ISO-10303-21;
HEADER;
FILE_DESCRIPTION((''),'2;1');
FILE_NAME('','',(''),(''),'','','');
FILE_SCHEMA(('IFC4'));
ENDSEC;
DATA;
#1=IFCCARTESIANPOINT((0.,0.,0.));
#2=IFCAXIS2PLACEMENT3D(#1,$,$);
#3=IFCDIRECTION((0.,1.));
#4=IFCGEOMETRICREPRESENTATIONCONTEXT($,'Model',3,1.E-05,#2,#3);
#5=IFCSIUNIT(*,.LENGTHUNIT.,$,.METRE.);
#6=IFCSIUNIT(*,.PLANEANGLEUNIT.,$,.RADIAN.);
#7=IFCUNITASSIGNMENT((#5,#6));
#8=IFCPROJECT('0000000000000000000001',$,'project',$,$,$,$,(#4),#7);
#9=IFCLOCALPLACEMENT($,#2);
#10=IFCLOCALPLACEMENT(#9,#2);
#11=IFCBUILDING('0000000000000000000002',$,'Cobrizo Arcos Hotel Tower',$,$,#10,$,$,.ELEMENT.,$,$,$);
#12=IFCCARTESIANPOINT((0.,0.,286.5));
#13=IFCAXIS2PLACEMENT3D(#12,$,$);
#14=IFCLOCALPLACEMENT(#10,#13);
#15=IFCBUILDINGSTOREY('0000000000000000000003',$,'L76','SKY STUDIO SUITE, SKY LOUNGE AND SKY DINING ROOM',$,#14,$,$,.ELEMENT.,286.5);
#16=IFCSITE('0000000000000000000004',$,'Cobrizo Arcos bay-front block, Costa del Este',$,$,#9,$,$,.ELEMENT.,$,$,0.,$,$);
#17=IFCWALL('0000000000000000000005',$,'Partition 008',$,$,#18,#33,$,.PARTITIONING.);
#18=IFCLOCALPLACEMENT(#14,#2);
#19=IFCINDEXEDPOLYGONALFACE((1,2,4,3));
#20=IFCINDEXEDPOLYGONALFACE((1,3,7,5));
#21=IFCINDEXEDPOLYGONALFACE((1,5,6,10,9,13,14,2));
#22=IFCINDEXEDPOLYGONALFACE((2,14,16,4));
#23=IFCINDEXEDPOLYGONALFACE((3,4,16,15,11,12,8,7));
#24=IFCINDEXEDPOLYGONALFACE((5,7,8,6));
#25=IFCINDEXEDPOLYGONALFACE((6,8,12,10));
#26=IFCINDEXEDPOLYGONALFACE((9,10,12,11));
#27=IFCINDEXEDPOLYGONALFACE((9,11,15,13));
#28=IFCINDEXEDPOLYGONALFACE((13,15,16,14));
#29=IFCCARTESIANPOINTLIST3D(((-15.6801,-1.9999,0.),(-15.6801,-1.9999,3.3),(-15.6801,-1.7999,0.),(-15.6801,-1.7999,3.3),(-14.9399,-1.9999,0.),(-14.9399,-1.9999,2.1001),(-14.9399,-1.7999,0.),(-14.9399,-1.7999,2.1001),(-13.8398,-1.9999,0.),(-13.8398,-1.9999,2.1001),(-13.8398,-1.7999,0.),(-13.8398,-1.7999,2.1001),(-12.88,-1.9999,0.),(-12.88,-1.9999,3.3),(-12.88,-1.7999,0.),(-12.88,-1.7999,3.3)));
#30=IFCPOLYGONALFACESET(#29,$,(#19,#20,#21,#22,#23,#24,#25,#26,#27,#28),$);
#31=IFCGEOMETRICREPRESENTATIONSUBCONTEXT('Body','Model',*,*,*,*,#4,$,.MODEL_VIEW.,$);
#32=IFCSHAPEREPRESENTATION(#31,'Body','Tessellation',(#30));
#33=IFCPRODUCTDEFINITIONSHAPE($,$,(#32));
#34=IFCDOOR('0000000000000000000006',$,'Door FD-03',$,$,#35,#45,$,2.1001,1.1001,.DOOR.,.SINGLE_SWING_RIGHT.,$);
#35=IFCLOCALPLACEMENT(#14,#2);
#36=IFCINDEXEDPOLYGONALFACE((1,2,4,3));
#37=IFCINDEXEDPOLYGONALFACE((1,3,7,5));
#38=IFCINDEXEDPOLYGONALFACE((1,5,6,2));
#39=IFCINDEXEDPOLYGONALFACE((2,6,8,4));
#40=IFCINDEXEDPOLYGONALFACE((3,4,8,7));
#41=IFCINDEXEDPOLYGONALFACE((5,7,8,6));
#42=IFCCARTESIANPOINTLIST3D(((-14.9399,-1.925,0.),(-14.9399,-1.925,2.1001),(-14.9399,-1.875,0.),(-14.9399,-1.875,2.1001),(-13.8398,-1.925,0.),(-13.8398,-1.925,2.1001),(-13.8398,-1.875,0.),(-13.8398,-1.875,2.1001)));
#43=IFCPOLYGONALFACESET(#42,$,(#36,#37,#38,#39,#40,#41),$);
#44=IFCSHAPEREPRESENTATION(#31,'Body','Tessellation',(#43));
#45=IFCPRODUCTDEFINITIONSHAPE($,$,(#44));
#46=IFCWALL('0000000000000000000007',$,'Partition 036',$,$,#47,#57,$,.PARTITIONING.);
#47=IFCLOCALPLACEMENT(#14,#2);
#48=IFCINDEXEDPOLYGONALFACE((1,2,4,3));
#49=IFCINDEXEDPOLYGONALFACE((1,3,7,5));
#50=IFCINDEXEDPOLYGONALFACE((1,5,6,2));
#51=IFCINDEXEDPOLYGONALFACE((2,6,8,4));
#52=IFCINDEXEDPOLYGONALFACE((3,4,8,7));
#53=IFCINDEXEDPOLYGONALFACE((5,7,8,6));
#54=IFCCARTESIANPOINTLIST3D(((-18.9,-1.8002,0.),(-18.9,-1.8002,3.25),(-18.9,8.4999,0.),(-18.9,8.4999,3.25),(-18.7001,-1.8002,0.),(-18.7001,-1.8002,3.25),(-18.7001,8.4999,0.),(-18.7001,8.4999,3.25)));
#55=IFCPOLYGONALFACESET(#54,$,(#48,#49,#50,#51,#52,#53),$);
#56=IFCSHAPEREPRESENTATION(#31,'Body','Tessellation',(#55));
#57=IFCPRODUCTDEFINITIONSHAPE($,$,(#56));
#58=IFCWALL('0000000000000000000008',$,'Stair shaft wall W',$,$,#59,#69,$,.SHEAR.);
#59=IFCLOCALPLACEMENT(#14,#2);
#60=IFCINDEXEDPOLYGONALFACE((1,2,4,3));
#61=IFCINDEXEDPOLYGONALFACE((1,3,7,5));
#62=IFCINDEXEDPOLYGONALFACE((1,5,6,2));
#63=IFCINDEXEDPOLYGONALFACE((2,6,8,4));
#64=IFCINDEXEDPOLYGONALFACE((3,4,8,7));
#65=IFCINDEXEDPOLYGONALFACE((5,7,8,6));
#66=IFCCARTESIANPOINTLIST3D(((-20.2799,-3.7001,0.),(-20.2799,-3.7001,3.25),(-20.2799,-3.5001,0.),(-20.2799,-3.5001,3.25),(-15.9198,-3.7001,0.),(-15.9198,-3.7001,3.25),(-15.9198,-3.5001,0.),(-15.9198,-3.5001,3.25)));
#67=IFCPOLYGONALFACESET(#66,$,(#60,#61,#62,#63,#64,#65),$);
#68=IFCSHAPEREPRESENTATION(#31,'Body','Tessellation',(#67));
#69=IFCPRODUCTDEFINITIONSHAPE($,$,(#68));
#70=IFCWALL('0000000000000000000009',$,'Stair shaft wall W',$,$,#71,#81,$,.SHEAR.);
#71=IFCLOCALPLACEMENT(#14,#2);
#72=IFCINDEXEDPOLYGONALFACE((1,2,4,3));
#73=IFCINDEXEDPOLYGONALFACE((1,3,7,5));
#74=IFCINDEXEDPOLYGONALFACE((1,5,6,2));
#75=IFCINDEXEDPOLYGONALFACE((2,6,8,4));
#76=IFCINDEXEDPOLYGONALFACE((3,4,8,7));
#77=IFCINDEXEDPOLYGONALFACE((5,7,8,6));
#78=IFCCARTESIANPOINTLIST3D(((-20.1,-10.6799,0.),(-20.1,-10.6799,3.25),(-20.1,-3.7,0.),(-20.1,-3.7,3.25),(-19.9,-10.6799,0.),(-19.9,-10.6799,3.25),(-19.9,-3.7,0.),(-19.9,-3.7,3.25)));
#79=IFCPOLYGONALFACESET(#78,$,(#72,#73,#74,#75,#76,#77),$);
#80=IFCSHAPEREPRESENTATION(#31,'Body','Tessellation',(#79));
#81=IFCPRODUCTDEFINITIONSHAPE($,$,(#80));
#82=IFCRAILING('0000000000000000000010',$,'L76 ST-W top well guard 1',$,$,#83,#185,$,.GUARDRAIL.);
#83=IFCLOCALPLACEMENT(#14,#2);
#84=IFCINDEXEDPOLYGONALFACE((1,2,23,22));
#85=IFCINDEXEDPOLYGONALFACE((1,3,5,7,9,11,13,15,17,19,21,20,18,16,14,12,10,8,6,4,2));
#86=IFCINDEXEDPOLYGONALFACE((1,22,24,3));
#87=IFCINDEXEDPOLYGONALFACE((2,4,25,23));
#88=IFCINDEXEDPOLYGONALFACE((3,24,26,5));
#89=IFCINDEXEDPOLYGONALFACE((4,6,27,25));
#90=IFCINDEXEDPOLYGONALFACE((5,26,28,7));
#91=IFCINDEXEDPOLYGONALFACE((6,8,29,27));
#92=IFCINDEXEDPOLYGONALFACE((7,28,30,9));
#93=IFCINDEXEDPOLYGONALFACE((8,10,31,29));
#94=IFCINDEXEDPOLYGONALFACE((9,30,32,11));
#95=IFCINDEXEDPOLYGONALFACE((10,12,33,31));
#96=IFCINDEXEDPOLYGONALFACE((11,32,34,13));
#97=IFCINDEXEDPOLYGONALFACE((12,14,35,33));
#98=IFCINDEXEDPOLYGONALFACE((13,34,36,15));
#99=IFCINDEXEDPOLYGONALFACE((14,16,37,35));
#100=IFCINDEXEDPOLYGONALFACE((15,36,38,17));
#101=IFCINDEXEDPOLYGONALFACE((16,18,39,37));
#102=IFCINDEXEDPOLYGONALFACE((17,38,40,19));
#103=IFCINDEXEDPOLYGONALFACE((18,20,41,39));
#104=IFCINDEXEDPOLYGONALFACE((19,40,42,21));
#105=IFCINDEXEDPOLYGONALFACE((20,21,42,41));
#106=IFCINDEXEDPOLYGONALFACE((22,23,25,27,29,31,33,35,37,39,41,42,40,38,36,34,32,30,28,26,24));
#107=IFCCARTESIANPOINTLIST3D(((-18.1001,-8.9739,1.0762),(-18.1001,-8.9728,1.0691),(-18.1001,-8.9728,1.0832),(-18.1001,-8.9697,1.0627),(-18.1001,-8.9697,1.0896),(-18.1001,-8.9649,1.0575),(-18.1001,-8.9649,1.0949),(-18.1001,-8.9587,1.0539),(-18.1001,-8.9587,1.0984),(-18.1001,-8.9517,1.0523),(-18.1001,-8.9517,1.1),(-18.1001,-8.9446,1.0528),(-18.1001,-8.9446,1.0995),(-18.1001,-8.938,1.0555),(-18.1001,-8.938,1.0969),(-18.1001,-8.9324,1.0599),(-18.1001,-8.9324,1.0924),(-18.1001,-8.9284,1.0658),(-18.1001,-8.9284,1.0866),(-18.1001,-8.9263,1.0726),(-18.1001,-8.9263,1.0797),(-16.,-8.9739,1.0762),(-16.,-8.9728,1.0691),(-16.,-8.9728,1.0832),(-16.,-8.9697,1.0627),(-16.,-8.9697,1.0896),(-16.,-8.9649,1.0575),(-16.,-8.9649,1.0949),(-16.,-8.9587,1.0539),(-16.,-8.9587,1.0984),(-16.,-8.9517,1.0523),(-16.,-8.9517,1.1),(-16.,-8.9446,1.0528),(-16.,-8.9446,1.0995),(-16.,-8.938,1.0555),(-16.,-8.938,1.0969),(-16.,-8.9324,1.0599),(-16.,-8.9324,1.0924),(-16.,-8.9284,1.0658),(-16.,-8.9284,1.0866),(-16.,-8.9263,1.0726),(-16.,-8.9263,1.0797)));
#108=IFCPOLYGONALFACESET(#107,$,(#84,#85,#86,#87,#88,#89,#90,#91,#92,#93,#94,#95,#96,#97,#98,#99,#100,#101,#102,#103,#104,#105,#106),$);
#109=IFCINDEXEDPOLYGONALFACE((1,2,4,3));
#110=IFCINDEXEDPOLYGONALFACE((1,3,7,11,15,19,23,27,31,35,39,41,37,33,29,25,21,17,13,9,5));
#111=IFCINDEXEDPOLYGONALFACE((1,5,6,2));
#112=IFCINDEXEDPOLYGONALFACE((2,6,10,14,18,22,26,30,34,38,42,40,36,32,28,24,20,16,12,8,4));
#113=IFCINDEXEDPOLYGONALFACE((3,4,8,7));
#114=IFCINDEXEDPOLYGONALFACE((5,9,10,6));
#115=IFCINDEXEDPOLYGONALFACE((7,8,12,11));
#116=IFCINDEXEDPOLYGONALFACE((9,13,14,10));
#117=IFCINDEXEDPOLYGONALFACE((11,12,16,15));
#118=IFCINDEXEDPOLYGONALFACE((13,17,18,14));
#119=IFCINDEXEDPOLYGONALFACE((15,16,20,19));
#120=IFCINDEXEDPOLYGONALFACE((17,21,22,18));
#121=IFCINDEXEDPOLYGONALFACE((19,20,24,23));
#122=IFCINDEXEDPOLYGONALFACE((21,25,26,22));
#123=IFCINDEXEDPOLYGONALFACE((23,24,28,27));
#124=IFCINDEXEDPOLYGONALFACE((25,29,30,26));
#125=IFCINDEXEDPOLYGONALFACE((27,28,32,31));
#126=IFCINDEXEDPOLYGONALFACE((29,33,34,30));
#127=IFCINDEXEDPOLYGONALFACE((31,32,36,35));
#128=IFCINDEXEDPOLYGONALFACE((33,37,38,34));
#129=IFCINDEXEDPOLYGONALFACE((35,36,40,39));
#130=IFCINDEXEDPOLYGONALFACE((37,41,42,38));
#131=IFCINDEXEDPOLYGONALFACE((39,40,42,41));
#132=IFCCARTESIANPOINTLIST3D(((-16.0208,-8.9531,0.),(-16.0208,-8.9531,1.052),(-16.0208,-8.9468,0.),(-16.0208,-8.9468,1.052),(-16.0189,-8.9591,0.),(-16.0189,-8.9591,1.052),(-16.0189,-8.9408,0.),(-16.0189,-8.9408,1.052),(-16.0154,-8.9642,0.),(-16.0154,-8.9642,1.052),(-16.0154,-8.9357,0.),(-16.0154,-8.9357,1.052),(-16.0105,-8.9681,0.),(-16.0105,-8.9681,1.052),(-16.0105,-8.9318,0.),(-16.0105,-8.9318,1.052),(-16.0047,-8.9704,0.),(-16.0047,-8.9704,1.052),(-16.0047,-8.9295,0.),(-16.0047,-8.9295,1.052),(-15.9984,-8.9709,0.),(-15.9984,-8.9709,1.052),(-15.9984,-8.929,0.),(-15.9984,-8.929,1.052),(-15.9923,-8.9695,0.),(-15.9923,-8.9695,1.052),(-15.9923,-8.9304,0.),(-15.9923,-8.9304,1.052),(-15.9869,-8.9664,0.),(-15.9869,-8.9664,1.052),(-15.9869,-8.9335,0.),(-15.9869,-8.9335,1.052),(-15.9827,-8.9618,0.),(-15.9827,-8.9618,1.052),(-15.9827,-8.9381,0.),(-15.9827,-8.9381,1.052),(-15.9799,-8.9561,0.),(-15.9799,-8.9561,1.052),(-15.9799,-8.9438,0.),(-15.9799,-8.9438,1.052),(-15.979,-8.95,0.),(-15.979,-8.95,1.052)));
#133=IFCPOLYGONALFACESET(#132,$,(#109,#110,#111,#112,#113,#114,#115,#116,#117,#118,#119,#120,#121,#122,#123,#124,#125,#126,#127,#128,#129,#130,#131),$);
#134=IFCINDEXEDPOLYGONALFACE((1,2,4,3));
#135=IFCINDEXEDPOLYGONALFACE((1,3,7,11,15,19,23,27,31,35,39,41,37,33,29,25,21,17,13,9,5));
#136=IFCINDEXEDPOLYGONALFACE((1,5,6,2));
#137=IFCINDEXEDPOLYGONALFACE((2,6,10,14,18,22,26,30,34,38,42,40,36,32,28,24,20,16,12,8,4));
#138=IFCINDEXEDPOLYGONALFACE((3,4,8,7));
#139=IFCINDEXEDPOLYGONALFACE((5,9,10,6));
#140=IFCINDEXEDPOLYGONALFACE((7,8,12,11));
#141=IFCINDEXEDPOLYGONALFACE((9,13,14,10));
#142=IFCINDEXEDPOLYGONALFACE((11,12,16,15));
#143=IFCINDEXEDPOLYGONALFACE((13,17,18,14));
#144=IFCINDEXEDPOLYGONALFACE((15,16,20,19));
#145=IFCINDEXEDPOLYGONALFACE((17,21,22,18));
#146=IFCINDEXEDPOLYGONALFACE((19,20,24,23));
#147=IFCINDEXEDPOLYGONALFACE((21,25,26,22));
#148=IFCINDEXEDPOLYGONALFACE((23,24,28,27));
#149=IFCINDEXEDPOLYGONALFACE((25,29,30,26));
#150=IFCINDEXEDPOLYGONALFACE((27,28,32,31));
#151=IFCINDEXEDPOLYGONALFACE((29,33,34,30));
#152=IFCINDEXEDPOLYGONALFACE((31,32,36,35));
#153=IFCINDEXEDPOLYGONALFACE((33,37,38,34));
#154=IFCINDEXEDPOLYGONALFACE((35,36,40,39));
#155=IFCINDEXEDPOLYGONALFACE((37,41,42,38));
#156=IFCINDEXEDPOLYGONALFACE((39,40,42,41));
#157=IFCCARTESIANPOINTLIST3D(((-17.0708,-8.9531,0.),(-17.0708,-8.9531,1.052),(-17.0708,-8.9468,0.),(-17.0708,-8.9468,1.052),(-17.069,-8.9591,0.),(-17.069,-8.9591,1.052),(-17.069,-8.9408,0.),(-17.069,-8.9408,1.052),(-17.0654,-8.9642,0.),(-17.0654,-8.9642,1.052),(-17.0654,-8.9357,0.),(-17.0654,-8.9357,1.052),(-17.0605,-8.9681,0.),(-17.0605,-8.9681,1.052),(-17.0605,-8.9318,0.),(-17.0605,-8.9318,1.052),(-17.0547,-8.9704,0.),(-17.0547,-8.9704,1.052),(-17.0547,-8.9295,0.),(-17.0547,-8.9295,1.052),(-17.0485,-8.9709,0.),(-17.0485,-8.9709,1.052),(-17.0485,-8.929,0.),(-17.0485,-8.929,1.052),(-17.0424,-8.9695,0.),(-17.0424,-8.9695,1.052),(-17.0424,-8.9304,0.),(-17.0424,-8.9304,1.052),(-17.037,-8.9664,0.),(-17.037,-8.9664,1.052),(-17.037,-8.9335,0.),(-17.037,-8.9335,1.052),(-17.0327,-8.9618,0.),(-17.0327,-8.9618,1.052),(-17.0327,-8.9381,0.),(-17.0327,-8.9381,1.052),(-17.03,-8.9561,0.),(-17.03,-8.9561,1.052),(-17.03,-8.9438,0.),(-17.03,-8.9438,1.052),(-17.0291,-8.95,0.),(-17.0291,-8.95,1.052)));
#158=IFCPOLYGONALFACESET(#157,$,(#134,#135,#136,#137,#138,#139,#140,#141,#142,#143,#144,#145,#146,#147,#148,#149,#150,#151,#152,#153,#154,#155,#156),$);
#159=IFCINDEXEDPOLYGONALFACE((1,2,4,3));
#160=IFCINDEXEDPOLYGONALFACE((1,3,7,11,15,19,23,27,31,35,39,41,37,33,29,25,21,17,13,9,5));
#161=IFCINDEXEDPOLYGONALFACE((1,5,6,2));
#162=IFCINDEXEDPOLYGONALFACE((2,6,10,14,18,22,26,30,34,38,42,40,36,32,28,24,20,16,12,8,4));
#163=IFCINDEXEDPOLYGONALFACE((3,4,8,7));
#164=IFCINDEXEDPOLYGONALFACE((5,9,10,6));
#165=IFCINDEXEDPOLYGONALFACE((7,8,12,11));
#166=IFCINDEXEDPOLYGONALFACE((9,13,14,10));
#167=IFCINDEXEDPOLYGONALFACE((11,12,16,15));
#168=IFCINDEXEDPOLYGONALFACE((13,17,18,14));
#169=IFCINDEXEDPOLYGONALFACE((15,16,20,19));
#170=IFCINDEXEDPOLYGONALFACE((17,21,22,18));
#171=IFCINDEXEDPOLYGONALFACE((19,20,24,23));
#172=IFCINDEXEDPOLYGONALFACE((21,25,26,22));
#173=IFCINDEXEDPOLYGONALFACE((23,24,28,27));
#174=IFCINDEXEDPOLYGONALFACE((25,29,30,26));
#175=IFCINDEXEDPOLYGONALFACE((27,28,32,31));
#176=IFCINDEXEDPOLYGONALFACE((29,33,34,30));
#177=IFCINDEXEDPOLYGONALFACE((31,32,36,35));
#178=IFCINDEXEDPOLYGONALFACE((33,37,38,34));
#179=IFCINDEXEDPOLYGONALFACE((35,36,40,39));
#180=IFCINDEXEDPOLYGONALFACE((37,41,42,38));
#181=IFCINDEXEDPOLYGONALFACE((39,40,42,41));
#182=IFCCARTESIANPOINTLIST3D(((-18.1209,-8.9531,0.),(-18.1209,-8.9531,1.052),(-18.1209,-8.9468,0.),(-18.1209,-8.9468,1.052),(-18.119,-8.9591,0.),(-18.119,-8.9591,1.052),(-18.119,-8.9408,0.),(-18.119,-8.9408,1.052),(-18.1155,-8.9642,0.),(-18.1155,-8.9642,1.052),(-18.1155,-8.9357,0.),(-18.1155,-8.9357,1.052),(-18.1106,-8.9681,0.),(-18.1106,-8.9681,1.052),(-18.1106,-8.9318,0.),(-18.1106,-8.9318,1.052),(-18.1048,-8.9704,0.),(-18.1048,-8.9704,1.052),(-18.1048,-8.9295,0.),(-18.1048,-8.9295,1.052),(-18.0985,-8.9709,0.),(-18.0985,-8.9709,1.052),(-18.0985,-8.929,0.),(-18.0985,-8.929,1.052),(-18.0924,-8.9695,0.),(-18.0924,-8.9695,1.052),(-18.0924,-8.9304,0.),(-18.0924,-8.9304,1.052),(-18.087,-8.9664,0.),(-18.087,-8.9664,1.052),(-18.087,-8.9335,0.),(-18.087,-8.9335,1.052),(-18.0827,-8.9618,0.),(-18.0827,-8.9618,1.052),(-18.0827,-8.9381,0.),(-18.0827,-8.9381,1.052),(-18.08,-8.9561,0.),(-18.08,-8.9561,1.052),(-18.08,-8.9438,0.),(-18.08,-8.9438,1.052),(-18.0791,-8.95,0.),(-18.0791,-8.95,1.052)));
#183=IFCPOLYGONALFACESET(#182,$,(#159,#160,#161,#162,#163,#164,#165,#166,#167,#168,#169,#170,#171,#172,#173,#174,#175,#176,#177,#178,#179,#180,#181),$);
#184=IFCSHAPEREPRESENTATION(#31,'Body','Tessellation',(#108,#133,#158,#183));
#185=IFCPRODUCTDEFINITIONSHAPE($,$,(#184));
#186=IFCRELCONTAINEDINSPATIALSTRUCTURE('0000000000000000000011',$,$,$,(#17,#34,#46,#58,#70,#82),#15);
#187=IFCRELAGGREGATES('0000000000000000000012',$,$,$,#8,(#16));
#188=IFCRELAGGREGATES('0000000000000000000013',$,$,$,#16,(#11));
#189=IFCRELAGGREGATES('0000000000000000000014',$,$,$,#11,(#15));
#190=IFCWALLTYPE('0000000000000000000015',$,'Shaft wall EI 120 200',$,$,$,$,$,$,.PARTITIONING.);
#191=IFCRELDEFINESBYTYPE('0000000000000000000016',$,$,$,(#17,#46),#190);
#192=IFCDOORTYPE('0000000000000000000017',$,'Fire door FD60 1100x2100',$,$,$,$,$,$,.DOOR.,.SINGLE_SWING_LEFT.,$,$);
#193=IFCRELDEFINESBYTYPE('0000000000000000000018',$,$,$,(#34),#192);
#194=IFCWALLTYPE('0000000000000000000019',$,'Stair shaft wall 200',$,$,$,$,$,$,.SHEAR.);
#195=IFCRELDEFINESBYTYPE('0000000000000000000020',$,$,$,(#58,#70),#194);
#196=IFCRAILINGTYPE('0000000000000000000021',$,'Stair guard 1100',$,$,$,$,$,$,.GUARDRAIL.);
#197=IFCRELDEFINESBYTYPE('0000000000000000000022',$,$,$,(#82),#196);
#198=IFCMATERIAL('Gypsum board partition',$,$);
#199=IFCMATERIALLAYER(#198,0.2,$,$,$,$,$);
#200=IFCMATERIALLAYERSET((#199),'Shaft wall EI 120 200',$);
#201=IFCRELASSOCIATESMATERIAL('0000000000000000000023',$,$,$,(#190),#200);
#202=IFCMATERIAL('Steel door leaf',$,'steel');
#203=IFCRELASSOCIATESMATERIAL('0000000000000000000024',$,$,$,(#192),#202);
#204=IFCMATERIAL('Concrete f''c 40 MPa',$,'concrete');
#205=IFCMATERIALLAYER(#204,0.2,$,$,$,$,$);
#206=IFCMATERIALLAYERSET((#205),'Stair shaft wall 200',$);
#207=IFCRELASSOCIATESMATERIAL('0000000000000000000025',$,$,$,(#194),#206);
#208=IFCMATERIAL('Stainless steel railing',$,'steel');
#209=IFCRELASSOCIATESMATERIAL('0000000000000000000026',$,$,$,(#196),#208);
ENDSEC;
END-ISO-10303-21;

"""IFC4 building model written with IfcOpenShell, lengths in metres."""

from ifc_helpers import new_model, si_unit, direction, frame, frame_2d, origin, origin_2d, place, context, subcontext, project, spatial, rectangle, circle, extrude, material, layer, layer_set, type_object, element, fill, save


model = new_model("IFC4")

# Units and contexts
model_context = context("Model", 3, precision=1e-05, world=origin(), true_north=direction((0.0, 1.0)))
body_context = subcontext(model_context, "Body", "Model", "MODEL_VIEW")
ifc_project = project(units=[si_unit("LENGTHUNIT", "METRE"), si_unit("PLANEANGLEUNIT", "RADIAN")], contexts=[model_context])

# Site, building, storey
site_placement = place(None, origin())
site = spatial("IfcSite", under=ifc_project, at=site_placement, Name="Cobrizo Arcos bay-front block, Costa del Este", CompositionType="ELEMENT", RefElevation=0.0)
building_placement = place(site_placement, origin())
building = spatial("IfcBuilding", under=site, at=building_placement, Name="Cobrizo Arcos Hotel Tower", CompositionType="ELEMENT")
storey_placement = place(building_placement, frame((0.0, 0.0, 286.5)))
storey = spatial("IfcBuildingStorey", under=building, at=storey_placement, Name="L76", Description="SKY STUDIO SUITE, SKY LOUNGE AND SKY DINING ROOM", CompositionType="ELEMENT", Elevation=286.5)

# Shared definitions
ifc_material_1 = material(Name="Gypsum board partition")

# Shared definitions
ifc_material_2 = material(Name="Concrete f'c 40 MPa", Category="concrete")

# Wall, opening, door
ifc_layer_1 = layer(ifc_material_1, 0.2)
ifc_layer_set_1 = layer_set([ifc_layer_1], Name="Shaft wall EI 120 200")
wall_type_1 = type_object("IfcWallType", Name="Shaft wall EI 120 200", PredefinedType="PARTITIONING", material=ifc_layer_set_1)
wall_1_placement = place(storey_placement, frame((-15.6799, -1.8999, 0.0), z_axis=(0.0, 0.0, 1.0), x_axis=(1.0, 0.0, 0.0)))
wall_1 = element("IfcWall", 1, at=wall_1_placement, inside=storey, type_object=wall_type_1, Name="Partition 008", PredefinedType="PARTITIONING", context=body_context, shape_type="SweptSolid", body=[
    extrude(rectangle(XDim=2.8, YDim=0.2, at=frame_2d((1.3999, 0.0))), origin(), (0.0, 0.0, 1.0), 3.3),
])
opening_1_placement = place(wall_1_placement, frame((0.74, 0.0, 0.0)))
opening_1 = element("IfcOpeningElement", 2, at=opening_1_placement, cuts=wall_1, PredefinedType="OPENING", context=body_context, shape_type="SweptSolid", body=[
    extrude(rectangle(XDim=1.1001, YDim=2.1001, at=frame_2d((0.55, 1.05))), frame((0.0, 0.1121, 0.0), z_axis=(0.0, -1.0, 0.0), x_axis=(1.0, 0.0, 0.0)), (0.0, 0.0, 1.0), 0.2239),
])
ifc_material_3 = material(Name="Steel door leaf", Category="steel")
door_type_1 = type_object("IfcDoorType", Name="Fire door FD60 1100x2100", OperationType="SINGLE_SWING_LEFT", PredefinedType="DOOR", material=ifc_material_3)
door_1_placement = place(opening_1_placement, origin())
door_1 = element("IfcDoor", 3, at=door_1_placement, inside=storey, type_object=door_type_1, Name="Door FD-03", OperationType="SINGLE_SWING_RIGHT", OverallHeight=2.1001, OverallWidth=1.1001, PredefinedType="DOOR", context=body_context, shape_type="SweptSolid", body=[
    extrude(rectangle(XDim=1.1001, YDim=2.1001, at=frame_2d((0.55, 1.05))), frame((0.0, 0.0249, 0.0), z_axis=(0.0, -1.0, 0.0), x_axis=(1.0, 0.0, 0.0)), (0.0, 0.0, 1.0), 0.05),
])
fill(opening_1, door_1)

# Walls
wall_2_placement = place(storey_placement, frame((-18.8, -1.8, 0.0), z_axis=(0.0, 0.0, 1.0), x_axis=(0.0, 1.0, 0.0)))
element("IfcWall", 4, at=wall_2_placement, inside=storey, type_object=wall_type_1, Name="Partition 036", PredefinedType="PARTITIONING", context=body_context, shape_type="SweptSolid", body=[
    extrude(rectangle(XDim=10.3, YDim=0.2, at=frame_2d((5.1499, 0.0))), origin(), (0.0, 0.0, 1.0), 3.25),
])
ifc_layer_2 = layer(ifc_material_2, 0.2)
ifc_layer_set_2 = layer_set([ifc_layer_2], Name="Stair shaft wall 200")
wall_type_2 = type_object("IfcWallType", Name="Stair shaft wall 200", PredefinedType="SHEAR", material=ifc_layer_set_2)
wall_3_placement = place(storey_placement, frame((-20.28, -3.6001, 0.0), z_axis=(0.0, 0.0, 1.0), x_axis=(1.0, 0.0, 0.0)))
element("IfcWall", 5, at=wall_3_placement, inside=storey, type_object=wall_type_2, Name="Stair shaft wall W", PredefinedType="SHEAR", context=body_context, shape_type="SweptSolid", body=[
    extrude(rectangle(XDim=4.3601, YDim=0.2, at=frame_2d((2.1802, 0.0))), origin(), (0.0, 0.0, 1.0), 3.25),
])
wall_4_placement = place(storey_placement, frame((-20.0, -10.6799, 0.0), z_axis=(0.0, 0.0, 1.0), x_axis=(0.0, 1.0, 0.0)))
element("IfcWall", 6, at=wall_4_placement, inside=storey, type_object=wall_type_2, Name="Stair shaft wall W", PredefinedType="SHEAR", context=body_context, shape_type="SweptSolid", body=[
    extrude(rectangle(XDim=6.98, YDim=0.2, at=frame_2d((3.49, 0.0))), origin(), (0.0, 0.0, 1.0), 3.25),
])

# Railing
ifc_material_4 = material(Name="Stainless steel railing", Category="steel")
railing_type = type_object("IfcRailingType", Name="Stair guard 1100", PredefinedType="GUARDRAIL", material=ifc_material_4)
railing_placement = place(storey_placement, frame((-16.0, -8.95, 0.0)))
element("IfcRailing", 7, at=railing_placement, inside=storey, type_object=railing_type, Name="L76 ST-W top well guard 1", PredefinedType="GUARDRAIL", context=body_context, shape_type="SweptSolid", body=[
    extrude(circle(Radius=0.0239, at=origin_2d()), frame((0.0, 0.0, 1.0762), z_axis=(-1.0, 0.0, 0.0), x_axis=(0.0, -1.0, 0.0)), (0.0, 0.0, 1.0), 2.1001),
    extrude(circle(Radius=0.021, at=origin_2d()), origin(), (0.0, 0.0, 1.0), 1.052),
    extrude(circle(Radius=0.021, at=origin_2d()), frame((-1.05, 0.0, 0.0)), (0.0, 0.0, 1.0), 1.052),
    extrude(circle(Radius=0.021, at=origin_2d()), frame((-2.1001, 0.0, 0.0)), (0.0, 0.0, 1.0), 1.052),
])

save(model, "model.ifc")
